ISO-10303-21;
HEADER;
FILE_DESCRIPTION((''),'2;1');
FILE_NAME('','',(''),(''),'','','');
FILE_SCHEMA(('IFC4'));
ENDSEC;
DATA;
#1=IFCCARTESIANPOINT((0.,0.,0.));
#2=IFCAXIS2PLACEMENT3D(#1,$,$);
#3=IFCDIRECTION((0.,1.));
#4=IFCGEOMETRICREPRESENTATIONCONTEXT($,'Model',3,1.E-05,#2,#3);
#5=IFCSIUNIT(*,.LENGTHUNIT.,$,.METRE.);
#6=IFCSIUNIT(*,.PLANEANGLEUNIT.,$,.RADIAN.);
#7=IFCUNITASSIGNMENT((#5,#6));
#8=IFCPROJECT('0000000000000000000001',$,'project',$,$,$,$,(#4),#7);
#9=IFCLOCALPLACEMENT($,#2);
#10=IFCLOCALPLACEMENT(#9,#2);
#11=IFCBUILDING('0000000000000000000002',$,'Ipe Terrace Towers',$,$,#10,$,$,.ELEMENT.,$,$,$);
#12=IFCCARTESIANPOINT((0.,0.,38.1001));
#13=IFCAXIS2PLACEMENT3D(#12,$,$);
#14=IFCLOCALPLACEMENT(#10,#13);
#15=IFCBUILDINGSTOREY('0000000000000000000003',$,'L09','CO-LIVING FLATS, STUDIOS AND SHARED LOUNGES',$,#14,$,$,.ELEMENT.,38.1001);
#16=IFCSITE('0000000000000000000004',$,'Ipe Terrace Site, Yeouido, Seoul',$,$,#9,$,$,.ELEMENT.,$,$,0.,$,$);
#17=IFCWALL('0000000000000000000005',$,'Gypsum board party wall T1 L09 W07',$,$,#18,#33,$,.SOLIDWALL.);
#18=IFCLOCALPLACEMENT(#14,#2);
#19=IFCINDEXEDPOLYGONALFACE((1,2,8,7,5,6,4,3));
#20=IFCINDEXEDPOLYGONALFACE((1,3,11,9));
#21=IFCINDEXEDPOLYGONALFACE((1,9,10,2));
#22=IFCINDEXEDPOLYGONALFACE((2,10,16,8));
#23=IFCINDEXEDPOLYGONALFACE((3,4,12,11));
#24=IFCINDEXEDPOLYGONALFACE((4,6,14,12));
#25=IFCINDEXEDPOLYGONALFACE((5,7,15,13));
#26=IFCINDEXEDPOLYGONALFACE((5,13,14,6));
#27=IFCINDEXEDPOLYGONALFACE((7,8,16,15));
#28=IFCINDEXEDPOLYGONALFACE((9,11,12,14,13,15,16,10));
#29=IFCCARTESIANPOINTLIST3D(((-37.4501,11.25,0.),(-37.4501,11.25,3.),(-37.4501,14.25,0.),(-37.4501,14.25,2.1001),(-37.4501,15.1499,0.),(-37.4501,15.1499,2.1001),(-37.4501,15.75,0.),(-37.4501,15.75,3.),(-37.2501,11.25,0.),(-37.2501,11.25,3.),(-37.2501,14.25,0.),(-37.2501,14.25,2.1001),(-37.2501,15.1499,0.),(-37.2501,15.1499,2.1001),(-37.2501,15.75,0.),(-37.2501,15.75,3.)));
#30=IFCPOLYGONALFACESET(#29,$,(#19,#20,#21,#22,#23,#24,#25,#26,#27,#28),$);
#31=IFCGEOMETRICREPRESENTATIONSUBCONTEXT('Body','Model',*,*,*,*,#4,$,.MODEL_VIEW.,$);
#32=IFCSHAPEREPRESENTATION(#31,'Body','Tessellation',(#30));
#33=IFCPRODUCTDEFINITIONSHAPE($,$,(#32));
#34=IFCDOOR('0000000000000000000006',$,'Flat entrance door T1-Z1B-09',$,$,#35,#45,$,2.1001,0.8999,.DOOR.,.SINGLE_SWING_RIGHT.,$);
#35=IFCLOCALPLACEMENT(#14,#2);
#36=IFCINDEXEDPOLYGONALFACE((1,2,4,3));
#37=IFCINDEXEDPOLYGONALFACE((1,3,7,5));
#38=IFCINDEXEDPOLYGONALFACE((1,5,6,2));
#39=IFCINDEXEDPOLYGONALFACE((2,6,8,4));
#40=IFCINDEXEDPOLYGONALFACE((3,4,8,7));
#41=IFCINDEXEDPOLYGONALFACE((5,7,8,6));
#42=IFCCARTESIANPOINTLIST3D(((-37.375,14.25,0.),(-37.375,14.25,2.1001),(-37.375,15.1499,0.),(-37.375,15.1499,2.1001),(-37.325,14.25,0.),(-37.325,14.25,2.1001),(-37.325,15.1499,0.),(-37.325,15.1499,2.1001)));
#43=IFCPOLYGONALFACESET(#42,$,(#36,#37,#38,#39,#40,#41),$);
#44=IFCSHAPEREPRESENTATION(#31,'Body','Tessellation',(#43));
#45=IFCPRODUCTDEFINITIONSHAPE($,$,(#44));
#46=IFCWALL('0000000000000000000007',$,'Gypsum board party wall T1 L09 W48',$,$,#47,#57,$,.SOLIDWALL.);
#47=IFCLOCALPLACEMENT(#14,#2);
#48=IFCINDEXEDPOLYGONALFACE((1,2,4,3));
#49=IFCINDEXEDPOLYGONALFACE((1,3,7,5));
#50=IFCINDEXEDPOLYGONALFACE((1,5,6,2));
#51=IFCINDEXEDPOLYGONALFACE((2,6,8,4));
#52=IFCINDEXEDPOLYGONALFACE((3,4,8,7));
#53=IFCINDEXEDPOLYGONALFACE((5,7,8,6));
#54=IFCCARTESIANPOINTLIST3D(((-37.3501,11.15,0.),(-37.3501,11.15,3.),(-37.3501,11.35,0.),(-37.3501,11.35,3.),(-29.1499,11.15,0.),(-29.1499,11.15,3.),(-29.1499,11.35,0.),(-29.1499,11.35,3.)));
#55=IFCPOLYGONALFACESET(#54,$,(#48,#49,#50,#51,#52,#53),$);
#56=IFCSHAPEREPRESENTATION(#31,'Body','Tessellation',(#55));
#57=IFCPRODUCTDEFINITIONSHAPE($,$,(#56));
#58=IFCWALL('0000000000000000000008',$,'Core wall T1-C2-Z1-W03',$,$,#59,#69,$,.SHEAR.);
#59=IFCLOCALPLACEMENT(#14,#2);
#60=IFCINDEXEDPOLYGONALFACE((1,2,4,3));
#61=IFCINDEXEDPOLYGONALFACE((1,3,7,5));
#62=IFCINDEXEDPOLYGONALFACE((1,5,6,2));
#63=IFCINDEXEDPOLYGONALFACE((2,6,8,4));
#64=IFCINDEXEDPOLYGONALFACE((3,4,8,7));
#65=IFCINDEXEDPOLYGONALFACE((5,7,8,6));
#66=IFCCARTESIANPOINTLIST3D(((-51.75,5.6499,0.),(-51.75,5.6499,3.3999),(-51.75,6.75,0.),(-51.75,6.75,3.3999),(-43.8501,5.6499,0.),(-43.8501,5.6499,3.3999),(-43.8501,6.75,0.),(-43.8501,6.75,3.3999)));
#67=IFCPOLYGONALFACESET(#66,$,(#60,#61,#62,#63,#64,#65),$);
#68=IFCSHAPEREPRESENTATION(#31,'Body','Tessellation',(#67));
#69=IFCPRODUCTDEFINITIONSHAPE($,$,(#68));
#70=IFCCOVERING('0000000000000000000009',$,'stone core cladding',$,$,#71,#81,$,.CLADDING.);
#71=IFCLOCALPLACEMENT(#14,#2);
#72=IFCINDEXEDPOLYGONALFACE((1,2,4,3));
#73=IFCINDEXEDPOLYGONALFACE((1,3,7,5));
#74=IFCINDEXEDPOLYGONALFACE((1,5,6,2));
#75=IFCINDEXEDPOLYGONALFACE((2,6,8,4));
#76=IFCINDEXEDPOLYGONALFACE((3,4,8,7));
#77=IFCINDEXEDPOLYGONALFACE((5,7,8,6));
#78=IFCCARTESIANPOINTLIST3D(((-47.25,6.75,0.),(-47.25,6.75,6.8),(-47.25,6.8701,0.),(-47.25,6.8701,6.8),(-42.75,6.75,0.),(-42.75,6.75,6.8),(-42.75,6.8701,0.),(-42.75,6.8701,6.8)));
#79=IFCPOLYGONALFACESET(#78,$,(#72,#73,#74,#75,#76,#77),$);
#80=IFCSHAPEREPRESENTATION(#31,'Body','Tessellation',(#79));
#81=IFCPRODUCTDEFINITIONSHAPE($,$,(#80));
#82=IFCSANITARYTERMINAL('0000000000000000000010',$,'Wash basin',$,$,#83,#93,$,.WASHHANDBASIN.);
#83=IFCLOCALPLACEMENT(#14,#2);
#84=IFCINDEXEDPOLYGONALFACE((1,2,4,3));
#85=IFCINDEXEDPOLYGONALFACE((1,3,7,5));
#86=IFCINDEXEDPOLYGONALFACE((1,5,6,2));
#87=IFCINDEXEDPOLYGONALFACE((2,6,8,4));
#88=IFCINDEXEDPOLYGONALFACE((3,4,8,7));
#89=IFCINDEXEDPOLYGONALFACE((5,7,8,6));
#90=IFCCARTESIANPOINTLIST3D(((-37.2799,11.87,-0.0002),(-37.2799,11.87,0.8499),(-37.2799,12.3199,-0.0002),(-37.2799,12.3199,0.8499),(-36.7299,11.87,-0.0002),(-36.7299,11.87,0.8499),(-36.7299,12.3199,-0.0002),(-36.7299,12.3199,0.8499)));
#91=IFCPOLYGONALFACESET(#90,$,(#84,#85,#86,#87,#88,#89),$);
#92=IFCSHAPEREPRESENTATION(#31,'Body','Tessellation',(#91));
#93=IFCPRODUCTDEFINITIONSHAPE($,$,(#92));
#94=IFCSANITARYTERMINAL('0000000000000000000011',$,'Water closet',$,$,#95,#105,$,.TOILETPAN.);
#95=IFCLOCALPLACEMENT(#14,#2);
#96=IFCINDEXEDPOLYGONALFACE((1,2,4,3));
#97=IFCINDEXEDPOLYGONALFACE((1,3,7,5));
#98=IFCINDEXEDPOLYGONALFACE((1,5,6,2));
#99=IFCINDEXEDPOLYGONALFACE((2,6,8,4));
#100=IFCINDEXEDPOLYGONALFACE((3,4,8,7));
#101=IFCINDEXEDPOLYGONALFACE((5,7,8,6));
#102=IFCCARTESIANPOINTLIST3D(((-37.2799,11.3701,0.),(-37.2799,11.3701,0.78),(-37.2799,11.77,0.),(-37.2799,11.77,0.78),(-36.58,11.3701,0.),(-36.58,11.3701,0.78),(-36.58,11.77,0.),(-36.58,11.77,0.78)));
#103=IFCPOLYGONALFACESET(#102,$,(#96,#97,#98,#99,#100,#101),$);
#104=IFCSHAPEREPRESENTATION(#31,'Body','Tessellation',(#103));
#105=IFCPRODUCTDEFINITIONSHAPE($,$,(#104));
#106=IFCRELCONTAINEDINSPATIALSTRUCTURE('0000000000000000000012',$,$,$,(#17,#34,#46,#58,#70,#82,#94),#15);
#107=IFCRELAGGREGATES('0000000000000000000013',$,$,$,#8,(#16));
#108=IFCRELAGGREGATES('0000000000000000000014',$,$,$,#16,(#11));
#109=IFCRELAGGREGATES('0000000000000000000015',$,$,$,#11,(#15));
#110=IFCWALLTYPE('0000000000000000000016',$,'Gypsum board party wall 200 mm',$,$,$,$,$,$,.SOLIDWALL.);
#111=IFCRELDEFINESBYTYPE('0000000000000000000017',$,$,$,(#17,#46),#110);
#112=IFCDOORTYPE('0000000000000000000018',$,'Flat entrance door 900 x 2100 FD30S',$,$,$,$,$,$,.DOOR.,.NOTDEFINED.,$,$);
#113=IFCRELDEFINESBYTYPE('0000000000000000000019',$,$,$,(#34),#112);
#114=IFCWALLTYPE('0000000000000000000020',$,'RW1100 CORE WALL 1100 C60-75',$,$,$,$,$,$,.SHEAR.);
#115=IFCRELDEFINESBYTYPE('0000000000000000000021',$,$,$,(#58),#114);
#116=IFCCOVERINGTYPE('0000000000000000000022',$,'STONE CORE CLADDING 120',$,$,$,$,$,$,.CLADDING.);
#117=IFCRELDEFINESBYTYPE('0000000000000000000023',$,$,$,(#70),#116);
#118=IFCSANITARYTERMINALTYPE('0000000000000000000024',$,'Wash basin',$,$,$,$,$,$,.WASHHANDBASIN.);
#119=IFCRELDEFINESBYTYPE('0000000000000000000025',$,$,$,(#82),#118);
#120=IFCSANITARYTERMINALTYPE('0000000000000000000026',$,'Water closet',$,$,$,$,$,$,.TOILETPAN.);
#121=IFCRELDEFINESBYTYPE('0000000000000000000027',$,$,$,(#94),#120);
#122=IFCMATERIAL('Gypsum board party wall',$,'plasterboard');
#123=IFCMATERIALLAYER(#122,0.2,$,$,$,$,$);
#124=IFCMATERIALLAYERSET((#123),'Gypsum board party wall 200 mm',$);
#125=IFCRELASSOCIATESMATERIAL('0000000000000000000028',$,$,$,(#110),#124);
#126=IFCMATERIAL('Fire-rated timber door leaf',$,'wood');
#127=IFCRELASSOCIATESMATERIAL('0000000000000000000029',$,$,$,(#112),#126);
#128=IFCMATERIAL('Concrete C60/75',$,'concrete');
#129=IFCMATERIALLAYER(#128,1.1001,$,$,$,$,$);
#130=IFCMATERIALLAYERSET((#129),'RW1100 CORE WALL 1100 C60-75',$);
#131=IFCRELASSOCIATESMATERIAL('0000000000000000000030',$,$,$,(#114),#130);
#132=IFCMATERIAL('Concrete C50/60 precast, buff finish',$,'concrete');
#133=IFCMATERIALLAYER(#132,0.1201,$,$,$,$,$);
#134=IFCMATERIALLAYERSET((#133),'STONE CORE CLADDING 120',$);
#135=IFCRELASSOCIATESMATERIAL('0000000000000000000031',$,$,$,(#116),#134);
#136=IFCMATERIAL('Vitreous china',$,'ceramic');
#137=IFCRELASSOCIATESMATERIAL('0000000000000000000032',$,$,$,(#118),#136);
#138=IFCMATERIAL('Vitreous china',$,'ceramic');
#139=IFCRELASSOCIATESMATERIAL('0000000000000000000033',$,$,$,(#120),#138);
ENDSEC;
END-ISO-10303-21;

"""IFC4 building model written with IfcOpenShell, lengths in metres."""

from ifc_helpers import new_model, si_unit, direction, frame, frame_2d, origin, origin_2d, place, context, subcontext, project, spatial, rectangle, extrude, material, layer, layer_set, type_object, element, fill, save


model = new_model("IFC4")

# Units and contexts
model_context = context("Model", 3, precision=1e-05, world=origin(), true_north=direction((0.0, 1.0)))
body_context = subcontext(model_context, "Body", "Model", "MODEL_VIEW")
ifc_project = project(units=[si_unit("LENGTHUNIT", "METRE"), si_unit("PLANEANGLEUNIT", "RADIAN")], contexts=[model_context])

# Site, building, storey
site_placement = place(None, origin())
site = spatial("IfcSite", under=ifc_project, at=site_placement, Name="Ipe Terrace Site, Yeouido, Seoul", CompositionType="ELEMENT", RefElevation=0.0)
building_placement = place(site_placement, origin())
building = spatial("IfcBuilding", under=site, at=building_placement, Name="Ipe Terrace Towers", CompositionType="ELEMENT")
storey_placement = place(building_placement, frame((0.0, 0.0, 38.1001)))
storey = spatial("IfcBuildingStorey", under=building, at=storey_placement, Name="L09", Description="CO-LIVING FLATS, STUDIOS AND SHARED LOUNGES", CompositionType="ELEMENT", Elevation=38.1001)

# Wall, opening, door
ifc_material_1 = material(Name="Gypsum board party wall", Category="plasterboard")
ifc_layer_1 = layer(ifc_material_1, 0.2)
ifc_layer_set_1 = layer_set([ifc_layer_1], Name="Gypsum board party wall 200 mm")
wall_type_1 = type_object("IfcWallType", Name="Gypsum board party wall 200 mm", PredefinedType="SOLIDWALL", material=ifc_layer_set_1)
wall_1_placement = place(storey_placement, frame((-37.3501, 11.25, 0.0), z_axis=(0.0, 0.0, 1.0), x_axis=(0.0, 1.0, 0.0)))
wall_1 = element("IfcWall", 1, at=wall_1_placement, inside=storey, type_object=wall_type_1, Name="Gypsum board party wall T1 L09 W07", PredefinedType="SOLIDWALL", context=body_context, shape_type="SweptSolid", body=[
    extrude(rectangle(XDim=4.5, YDim=0.2, at=frame_2d((2.25, 0.0))), origin(), (0.0, 0.0, 1.0), 3.0),
])
opening_1_placement = place(wall_1_placement, frame((3.0, 0.0, 0.0)))
opening_1 = element("IfcOpeningElement", 2, at=opening_1_placement, cuts=wall_1, PredefinedType="OPENING", context=body_context, shape_type="SweptSolid", body=[
    extrude(rectangle(XDim=0.8999, YDim=2.1001, at=frame_2d((0.45, 1.05))), frame((0.0, 0.1099, 0.0), z_axis=(0.0, -1.0, 0.0), x_axis=(1.0, 0.0, 0.0)), (0.0, 0.0, 1.0), 0.22),
])
ifc_material_2 = material(Name="Fire-rated timber door leaf", Category="wood")
door_type_1 = type_object("IfcDoorType", Name="Flat entrance door 900 x 2100 FD30S", OperationType="NOTDEFINED", PredefinedType="DOOR", material=ifc_material_2)
door_1_placement = place(opening_1_placement, origin())
door_1 = element("IfcDoor", 3, at=door_1_placement, inside=storey, type_object=door_type_1, Name="Flat entrance door T1-Z1B-09", OperationType="SINGLE_SWING_RIGHT", OverallHeight=2.1001, OverallWidth=0.8999, PredefinedType="DOOR", context=body_context, shape_type="SweptSolid", body=[
    extrude(rectangle(XDim=0.8999, YDim=2.1001, at=frame_2d((0.45, 1.05))), frame((0.0, 0.0249, 0.0), z_axis=(0.0, -1.0, 0.0), x_axis=(1.0, 0.0, 0.0)), (0.0, 0.0, 1.0), 0.05),
])
fill(opening_1, door_1)

# Walls
wall_2_placement = place(storey_placement, frame((-37.3501, 11.25, 0.0), z_axis=(0.0, 0.0, 1.0), x_axis=(1.0, 0.0, 0.0)))
element("IfcWall", 4, at=wall_2_placement, inside=storey, type_object=wall_type_1, Name="Gypsum board party wall T1 L09 W48", PredefinedType="SOLIDWALL", context=body_context, shape_type="SweptSolid", body=[
    extrude(rectangle(XDim=8.2002, YDim=0.2, at=frame_2d((4.1001, 0.0))), origin(), (0.0, 0.0, 1.0), 3.0),
])
ifc_material_3 = material(Name="Concrete C60/75", Category="concrete")
ifc_layer_2 = layer(ifc_material_3, 1.1001)
ifc_layer_set_2 = layer_set([ifc_layer_2], Name="RW1100 CORE WALL 1100 C60-75")
wall_type_2 = type_object("IfcWallType", Name="RW1100 CORE WALL 1100 C60-75", PredefinedType="SHEAR", material=ifc_layer_set_2)
wall_3_placement = place(storey_placement, frame((-43.8501, 6.2, 0.0), z_axis=(0.0, 0.0, 1.0), x_axis=(-1.0, 0.0, 0.0)))
element("IfcWall", 5, at=wall_3_placement, inside=storey, type_object=wall_type_2, Name="Core wall T1-C2-Z1-W03", PredefinedType="SHEAR", context=body_context, shape_type="SweptSolid", body=[
    extrude(rectangle(XDim=7.8999, YDim=1.1001, at=frame_2d((3.95, 0.0))), origin(), (0.0, 0.0, 1.0), 3.3999),
])

# Covering
ifc_material_4 = material(Name="Concrete C50/60 precast, buff finish", Category="concrete")
ifc_layer_3 = layer(ifc_material_4, 0.1201)
ifc_layer_set_3 = layer_set([ifc_layer_3], Name="STONE CORE CLADDING 120")
covering_type = type_object("IfcCoveringType", Name="STONE CORE CLADDING 120", PredefinedType="CLADDING", material=ifc_layer_set_3)
covering_placement = place(storey_placement, frame((-45.0, 6.8101, 0.0), z_axis=(0.0, 0.0, 1.0), x_axis=(-1.0, 0.0, 0.0)))
element("IfcCovering", 6, at=covering_placement, inside=storey, type_object=covering_type, Name="stone core cladding", PredefinedType="CLADDING", context=body_context, shape_type="SweptSolid", body=[
    extrude(rectangle(XDim=4.5, YDim=0.1201, at=origin_2d()), origin(), (0.0, 0.0, 1.0), 6.8),
])

# Sanitary terminals
ifc_material_5 = material(Name="Vitreous china", Category="ceramic")
sanitary_terminal_type_1 = type_object("IfcSanitaryTerminalType", Name="Wash basin", PredefinedType="WASHHANDBASIN", material=ifc_material_5)
sanitary_terminal_1_placement = place(storey_placement, frame((-37.0049, 12.095, -0.0002), z_axis=(0.0, 0.0, 1.0), x_axis=(1.0, 0.0, 0.0)))
element("IfcSanitaryTerminal", 7, at=sanitary_terminal_1_placement, inside=storey, type_object=sanitary_terminal_type_1, Name="Wash basin", PredefinedType="WASHHANDBASIN", context=body_context, shape_type="SweptSolid", body=[
    extrude(rectangle(XDim=0.55, YDim=0.45, at=origin_2d()), origin(), (0.0, 0.0, 1.0), 0.8501),
])
ifc_material_6 = material(Name="Vitreous china", Category="ceramic")
sanitary_terminal_type_2 = type_object("IfcSanitaryTerminalType", Name="Water closet", PredefinedType="TOILETPAN", material=ifc_material_6)
sanitary_terminal_2_placement = place(storey_placement, frame((-36.9299, 11.5701, 0.0), z_axis=(0.0, 0.0, 1.0), x_axis=(1.0, 0.0, 0.0)))
element("IfcSanitaryTerminal", 8, at=sanitary_terminal_2_placement, inside=storey, type_object=sanitary_terminal_type_2, Name="Water closet", PredefinedType="TOILETPAN", context=body_context, shape_type="SweptSolid", body=[
    extrude(rectangle(XDim=0.7, YDim=0.3999, at=origin_2d()), origin(), (0.0, 0.0, 1.0), 0.78),
])

save(model, "model.ifc")
